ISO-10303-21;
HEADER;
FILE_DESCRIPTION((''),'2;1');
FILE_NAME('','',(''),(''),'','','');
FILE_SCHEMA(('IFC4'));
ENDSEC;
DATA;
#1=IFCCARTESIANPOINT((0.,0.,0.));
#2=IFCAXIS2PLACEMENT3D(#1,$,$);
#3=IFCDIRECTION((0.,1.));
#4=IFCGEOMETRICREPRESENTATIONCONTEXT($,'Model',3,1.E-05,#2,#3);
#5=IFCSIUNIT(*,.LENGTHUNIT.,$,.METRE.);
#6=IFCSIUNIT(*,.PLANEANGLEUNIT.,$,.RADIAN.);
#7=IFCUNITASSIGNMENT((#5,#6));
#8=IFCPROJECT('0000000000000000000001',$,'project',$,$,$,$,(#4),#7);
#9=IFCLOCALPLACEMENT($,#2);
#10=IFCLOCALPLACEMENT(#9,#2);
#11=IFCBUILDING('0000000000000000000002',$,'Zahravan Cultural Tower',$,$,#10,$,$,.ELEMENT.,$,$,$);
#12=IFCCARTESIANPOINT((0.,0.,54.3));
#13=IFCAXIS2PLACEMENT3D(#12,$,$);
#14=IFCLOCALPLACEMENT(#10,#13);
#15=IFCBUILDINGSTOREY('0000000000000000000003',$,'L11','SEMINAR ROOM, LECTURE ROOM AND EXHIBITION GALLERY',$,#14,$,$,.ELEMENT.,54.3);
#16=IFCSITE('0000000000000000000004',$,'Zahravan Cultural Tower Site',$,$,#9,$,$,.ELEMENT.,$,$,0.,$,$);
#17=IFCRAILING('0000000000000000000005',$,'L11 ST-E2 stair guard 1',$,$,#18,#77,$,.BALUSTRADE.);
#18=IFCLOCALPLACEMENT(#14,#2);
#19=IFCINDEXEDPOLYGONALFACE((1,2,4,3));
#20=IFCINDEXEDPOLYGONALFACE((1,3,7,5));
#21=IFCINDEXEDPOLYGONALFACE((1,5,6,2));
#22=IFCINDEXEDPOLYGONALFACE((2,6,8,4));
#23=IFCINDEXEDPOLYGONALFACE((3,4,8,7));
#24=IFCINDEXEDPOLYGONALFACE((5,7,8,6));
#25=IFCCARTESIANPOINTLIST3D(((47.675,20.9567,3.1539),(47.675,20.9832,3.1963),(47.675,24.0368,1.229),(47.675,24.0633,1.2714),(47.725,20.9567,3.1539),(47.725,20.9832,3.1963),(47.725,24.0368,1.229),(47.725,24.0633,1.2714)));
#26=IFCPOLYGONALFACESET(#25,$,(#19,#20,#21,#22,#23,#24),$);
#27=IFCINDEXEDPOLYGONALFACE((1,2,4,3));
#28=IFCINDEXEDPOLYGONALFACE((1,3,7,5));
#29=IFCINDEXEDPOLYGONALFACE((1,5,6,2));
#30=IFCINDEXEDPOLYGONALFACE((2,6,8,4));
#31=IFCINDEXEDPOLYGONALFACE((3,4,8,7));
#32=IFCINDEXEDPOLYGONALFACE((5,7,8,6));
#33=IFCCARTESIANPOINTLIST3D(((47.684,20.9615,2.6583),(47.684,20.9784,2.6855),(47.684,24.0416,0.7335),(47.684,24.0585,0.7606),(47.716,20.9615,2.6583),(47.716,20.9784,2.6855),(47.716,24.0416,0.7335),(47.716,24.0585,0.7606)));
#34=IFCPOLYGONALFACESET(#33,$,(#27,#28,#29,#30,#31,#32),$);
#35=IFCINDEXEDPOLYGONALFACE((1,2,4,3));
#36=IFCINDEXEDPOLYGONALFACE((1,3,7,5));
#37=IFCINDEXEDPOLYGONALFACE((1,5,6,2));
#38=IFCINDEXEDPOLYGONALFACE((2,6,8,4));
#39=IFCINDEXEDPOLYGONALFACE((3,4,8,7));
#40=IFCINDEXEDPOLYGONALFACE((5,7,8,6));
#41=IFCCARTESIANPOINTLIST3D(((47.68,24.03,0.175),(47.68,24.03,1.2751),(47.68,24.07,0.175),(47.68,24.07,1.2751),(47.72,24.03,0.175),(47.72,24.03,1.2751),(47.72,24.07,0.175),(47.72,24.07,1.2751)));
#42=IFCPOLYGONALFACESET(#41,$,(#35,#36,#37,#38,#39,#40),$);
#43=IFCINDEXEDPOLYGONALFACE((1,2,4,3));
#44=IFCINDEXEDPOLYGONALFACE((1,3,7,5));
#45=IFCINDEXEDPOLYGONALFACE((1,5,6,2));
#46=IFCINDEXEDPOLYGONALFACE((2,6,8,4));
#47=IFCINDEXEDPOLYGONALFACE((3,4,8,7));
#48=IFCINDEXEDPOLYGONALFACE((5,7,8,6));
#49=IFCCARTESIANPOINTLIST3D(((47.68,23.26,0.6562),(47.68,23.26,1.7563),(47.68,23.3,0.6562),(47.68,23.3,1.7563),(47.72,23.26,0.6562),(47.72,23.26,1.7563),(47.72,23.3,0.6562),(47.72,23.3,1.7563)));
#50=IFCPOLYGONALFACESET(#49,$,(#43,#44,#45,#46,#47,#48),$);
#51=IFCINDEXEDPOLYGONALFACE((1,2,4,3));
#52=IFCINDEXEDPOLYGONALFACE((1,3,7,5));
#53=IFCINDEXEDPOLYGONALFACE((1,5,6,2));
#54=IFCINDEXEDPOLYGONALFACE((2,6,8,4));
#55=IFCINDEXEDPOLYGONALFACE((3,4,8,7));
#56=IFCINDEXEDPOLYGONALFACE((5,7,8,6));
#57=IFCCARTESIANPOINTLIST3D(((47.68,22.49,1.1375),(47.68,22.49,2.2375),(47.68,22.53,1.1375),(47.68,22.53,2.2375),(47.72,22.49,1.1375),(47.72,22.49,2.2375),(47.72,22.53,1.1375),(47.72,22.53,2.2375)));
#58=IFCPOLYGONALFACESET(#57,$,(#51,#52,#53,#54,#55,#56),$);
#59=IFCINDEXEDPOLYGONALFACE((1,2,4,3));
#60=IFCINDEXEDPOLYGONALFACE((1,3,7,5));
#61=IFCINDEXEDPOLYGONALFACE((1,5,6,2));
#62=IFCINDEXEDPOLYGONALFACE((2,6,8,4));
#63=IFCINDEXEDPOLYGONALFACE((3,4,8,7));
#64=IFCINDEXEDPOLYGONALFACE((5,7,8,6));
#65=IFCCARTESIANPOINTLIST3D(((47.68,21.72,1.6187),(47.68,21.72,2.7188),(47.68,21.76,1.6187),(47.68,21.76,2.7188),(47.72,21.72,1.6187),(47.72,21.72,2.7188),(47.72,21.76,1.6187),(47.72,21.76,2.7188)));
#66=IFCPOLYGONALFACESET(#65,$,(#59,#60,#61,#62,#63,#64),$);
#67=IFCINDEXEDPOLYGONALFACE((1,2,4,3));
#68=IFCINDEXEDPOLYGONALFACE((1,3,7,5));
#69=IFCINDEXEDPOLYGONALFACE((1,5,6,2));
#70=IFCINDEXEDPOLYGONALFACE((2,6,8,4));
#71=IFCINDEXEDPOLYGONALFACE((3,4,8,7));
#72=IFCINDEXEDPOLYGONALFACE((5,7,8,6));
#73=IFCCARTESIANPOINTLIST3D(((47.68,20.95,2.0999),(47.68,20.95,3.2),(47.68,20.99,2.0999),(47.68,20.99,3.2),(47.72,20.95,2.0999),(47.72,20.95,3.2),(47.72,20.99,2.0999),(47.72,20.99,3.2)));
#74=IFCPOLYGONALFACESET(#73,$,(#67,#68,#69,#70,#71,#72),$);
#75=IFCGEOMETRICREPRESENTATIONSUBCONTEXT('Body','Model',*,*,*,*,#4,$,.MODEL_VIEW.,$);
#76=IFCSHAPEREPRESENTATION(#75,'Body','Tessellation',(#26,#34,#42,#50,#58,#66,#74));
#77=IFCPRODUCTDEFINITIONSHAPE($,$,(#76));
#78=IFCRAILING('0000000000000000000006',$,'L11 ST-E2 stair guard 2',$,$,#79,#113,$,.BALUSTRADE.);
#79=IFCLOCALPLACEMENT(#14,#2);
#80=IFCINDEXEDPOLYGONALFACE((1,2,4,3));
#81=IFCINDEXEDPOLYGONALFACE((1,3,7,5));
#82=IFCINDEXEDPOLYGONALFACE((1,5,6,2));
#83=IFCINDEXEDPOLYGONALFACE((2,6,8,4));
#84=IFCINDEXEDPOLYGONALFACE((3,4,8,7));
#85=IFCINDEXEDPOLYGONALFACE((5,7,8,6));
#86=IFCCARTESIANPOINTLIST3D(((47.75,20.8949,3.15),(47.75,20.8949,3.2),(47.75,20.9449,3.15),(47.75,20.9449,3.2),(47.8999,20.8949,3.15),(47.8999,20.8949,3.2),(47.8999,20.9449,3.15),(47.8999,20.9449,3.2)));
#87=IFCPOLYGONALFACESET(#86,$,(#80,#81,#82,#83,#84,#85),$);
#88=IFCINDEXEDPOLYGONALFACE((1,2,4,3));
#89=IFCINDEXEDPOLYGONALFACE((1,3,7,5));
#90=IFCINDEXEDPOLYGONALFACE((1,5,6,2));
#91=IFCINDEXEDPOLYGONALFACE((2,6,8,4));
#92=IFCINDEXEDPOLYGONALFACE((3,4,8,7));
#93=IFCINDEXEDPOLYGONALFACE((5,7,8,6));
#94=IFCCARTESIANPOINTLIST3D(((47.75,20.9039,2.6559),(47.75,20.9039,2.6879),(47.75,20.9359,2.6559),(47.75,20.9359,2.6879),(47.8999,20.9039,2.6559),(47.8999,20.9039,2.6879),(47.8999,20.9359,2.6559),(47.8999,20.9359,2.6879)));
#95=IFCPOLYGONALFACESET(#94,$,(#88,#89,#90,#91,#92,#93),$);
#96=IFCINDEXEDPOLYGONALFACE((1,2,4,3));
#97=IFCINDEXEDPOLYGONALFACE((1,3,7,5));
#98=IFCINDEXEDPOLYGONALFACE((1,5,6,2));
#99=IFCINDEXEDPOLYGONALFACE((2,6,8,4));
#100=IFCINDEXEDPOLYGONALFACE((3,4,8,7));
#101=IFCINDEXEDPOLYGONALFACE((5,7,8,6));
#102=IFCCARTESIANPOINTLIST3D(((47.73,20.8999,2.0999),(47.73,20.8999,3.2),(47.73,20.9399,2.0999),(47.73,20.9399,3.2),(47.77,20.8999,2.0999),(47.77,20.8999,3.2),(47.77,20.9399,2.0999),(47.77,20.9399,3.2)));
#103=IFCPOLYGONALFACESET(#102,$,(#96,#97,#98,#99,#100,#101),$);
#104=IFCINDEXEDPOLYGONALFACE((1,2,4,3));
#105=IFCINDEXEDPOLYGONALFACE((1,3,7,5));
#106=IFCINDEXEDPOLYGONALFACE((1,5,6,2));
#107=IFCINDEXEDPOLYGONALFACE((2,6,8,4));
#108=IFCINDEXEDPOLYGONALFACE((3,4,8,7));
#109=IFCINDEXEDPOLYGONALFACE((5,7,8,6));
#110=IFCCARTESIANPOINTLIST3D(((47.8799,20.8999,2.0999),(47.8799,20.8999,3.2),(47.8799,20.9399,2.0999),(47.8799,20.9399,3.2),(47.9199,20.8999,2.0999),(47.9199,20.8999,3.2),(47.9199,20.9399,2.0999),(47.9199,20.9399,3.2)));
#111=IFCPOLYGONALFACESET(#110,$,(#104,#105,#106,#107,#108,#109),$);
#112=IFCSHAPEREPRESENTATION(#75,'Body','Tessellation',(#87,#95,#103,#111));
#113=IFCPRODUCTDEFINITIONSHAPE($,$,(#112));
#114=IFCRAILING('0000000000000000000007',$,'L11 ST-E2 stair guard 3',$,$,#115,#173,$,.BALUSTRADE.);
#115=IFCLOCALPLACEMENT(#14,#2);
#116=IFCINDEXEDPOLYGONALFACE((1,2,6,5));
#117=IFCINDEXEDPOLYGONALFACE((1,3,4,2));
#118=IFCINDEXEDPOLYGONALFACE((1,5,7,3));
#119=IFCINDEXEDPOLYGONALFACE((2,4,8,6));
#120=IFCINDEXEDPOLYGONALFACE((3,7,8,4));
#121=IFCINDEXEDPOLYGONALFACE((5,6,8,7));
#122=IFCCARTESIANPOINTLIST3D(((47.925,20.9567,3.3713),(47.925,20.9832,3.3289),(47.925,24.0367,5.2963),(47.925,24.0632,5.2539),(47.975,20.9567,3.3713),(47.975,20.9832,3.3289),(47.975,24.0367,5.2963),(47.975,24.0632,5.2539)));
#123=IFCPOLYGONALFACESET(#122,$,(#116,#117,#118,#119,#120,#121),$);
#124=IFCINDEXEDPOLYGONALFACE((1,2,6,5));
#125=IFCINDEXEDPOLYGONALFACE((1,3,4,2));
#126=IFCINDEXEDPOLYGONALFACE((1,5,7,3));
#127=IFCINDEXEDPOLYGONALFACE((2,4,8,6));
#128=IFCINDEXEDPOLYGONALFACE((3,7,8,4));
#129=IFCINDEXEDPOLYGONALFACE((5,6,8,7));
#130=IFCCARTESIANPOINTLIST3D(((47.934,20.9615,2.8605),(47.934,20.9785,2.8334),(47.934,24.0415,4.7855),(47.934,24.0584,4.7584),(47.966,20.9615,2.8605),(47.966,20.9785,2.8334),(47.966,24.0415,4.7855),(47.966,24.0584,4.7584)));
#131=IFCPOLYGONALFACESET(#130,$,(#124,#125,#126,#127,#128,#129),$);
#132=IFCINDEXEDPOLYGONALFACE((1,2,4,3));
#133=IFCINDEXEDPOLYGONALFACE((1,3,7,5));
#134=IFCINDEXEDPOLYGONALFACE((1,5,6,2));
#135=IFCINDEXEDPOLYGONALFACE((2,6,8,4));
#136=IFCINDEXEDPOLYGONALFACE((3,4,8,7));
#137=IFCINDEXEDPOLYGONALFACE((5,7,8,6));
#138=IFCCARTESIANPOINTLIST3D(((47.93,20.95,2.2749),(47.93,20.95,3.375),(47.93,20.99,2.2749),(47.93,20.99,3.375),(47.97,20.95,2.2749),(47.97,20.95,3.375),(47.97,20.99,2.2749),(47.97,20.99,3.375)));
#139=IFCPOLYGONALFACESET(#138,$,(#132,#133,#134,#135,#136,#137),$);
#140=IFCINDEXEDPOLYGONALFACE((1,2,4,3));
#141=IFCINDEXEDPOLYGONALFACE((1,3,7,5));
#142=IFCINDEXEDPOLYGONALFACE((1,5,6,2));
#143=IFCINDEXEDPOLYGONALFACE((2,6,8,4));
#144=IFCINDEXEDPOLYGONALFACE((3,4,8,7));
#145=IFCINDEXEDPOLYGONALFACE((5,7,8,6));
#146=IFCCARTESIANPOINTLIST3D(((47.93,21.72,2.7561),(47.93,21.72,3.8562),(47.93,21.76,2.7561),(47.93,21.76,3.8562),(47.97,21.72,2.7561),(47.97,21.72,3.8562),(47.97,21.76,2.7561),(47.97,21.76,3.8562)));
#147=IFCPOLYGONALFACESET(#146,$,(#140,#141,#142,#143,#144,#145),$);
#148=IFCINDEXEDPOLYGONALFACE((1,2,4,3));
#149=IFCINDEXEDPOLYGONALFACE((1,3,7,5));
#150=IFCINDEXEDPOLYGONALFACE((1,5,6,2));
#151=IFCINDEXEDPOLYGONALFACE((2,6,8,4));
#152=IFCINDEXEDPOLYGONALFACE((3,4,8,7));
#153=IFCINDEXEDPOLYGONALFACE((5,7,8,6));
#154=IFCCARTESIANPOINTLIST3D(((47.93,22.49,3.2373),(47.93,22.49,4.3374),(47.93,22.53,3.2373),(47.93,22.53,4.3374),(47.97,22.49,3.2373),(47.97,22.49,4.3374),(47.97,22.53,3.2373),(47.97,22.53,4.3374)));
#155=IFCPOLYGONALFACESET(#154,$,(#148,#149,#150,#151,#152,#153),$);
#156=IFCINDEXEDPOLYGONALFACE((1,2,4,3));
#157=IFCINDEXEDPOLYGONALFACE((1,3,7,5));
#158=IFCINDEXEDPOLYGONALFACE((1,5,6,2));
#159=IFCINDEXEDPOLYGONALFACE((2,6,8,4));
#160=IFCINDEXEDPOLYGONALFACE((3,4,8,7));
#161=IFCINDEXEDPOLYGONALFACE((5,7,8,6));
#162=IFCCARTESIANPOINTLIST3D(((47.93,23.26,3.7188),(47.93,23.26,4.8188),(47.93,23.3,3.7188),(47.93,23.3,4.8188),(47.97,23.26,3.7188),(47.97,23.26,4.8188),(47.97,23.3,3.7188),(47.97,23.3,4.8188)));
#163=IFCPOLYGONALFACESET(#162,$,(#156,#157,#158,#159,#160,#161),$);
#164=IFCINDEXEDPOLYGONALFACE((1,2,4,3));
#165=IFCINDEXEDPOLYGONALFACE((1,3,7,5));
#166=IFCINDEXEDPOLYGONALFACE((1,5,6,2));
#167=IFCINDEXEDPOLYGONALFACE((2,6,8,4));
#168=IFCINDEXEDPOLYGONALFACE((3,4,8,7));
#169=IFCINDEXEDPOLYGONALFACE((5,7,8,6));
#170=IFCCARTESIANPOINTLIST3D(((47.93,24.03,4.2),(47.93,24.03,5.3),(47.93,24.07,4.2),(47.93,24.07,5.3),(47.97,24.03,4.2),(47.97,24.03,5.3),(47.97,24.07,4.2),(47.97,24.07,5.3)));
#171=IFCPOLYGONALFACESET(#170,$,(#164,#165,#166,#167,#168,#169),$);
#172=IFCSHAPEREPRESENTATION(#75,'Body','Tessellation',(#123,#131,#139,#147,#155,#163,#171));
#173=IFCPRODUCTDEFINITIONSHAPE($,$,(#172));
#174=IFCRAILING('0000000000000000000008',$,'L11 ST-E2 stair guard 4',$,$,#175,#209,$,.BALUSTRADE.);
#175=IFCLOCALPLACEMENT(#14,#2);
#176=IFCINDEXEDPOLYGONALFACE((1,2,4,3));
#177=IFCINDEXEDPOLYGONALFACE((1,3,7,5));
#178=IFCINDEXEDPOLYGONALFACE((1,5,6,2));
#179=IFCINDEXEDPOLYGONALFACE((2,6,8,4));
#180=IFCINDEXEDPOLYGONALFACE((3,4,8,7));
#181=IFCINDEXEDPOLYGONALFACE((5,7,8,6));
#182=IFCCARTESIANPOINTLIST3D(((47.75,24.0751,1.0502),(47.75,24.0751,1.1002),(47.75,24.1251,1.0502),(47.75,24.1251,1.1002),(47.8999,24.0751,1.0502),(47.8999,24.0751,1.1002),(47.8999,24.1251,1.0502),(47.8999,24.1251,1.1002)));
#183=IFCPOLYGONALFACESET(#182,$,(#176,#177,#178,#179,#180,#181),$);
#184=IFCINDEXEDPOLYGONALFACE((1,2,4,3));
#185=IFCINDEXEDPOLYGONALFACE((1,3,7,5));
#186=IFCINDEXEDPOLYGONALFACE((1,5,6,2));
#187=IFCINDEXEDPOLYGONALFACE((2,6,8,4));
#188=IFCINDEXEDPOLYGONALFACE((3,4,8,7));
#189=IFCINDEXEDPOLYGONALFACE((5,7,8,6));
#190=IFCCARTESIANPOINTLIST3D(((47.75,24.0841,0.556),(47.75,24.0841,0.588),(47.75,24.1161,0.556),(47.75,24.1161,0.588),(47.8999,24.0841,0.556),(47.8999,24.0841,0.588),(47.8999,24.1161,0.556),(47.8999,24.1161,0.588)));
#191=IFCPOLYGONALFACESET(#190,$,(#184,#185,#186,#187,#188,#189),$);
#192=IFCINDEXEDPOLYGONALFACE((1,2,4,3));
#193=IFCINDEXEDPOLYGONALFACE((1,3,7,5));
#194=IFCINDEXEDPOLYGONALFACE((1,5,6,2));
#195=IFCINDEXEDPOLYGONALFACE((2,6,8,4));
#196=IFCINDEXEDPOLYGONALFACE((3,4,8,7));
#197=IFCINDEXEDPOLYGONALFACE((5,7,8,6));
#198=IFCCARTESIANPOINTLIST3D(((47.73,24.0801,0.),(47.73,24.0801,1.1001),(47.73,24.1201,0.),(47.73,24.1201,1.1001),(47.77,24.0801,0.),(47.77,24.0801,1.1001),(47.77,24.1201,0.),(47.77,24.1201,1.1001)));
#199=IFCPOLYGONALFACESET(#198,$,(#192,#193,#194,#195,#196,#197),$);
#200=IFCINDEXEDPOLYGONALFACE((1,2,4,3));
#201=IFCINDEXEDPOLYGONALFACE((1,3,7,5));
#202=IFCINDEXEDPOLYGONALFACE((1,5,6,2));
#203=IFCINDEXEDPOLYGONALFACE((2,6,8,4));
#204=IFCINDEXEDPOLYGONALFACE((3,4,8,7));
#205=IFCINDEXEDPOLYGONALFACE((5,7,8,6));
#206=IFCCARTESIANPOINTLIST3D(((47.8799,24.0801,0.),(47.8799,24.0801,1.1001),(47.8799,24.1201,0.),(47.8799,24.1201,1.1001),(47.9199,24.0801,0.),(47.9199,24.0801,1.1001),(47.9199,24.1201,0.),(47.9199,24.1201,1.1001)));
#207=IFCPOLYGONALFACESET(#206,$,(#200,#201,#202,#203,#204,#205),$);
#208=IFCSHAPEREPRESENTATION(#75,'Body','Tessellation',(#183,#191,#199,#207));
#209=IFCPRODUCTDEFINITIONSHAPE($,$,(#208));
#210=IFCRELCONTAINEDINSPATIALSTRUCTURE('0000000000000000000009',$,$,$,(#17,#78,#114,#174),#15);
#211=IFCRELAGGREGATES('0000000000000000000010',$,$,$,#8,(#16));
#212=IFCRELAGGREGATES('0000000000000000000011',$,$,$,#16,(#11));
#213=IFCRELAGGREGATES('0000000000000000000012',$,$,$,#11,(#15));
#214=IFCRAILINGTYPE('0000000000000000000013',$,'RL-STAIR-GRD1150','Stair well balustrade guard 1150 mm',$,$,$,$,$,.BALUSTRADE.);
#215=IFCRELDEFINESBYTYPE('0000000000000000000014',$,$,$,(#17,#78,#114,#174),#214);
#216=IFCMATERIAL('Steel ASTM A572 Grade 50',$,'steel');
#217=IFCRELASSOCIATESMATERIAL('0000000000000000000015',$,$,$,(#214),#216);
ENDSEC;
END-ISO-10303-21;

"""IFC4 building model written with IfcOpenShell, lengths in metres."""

from ifc_helpers import new_model, si_unit, direction, frame, origin, origin_2d, place, context, subcontext, project, spatial, rectangle, extrude, material, type_object, element, save


model = new_model("IFC4")

# Units and contexts
model_context = context("Model", 3, precision=1e-05, world=origin(), true_north=direction((0.0, 1.0)))
body_context = subcontext(model_context, "Body", "Model", "MODEL_VIEW")
ifc_project = project(units=[si_unit("LENGTHUNIT", "METRE"), si_unit("PLANEANGLEUNIT", "RADIAN")], contexts=[model_context])

# Site, building, storey
site_placement = place(None, origin())
site = spatial("IfcSite", under=ifc_project, at=site_placement, Name="Zahravan Cultural Tower Site", CompositionType="ELEMENT", RefElevation=0.0)
building_placement = place(site_placement, origin())
building = spatial("IfcBuilding", under=site, at=building_placement, Name="Zahravan Cultural Tower", CompositionType="ELEMENT")
storey_placement = place(building_placement, frame((0.0, 0.0, 54.3)))
storey = spatial("IfcBuildingStorey", under=building, at=storey_placement, Name="L11", Description="SEMINAR ROOM, LECTURE ROOM AND EXHIBITION GALLERY", CompositionType="ELEMENT", Elevation=54.3)

# Shared definitions
ifc_material_1 = material(Name="Steel ASTM A572 Grade 50", Category="steel")

# Railings
railing_type_1 = type_object("IfcRailingType", Name="RL-STAIR-GRD1150", Description="Stair well balustrade guard 1150 mm", PredefinedType="BALUSTRADE", material=ifc_material_1)
railing_1_placement = place(storey_placement, frame((47.7, 24.05, 0.175)))
element("IfcRailing", 1, at=railing_1_placement, inside=storey, type_object=railing_type_1, Name="L11 ST-E2 stair guard 1", PredefinedType="BALUSTRADE", context=body_context, shape_type="SweptSolid", body=[
    extrude(rectangle(XDim=0.05, YDim=0.05, at=origin_2d()), frame((0.0, 0.0, 1.0752), z_axis=(0.0, -0.848029, 0.529951), x_axis=(1.0, 0.0, 0.0)), (0.0, 0.0, 1.0), 3.6321),
    extrude(rectangle(XDim=0.032, YDim=0.032, at=origin_2d()), frame((0.0, 0.0, 0.572), z_axis=(0.0, -0.848029, 0.529951), x_axis=(1.0, 0.0, 0.0)), (0.0, 0.0, 1.0), 3.6321),
    extrude(rectangle(XDim=0.04, YDim=0.04, at=origin_2d()), origin(), (0.0, 0.0, 1.0), 1.1001),
    extrude(rectangle(XDim=0.04, YDim=0.04, at=origin_2d()), frame((0.0, -0.77, 0.4812)), (0.0, 0.0, 1.0), 1.1001),
    extrude(rectangle(XDim=0.04, YDim=0.04, at=origin_2d()), frame((0.0, -1.54, 0.9624)), (0.0, 0.0, 1.0), 1.1001),
    extrude(rectangle(XDim=0.04, YDim=0.04, at=origin_2d()), frame((0.0, -2.3101, 1.4436)), (0.0, 0.0, 1.0), 1.1001),
    extrude(rectangle(XDim=0.04, YDim=0.04, at=origin_2d()), frame((0.0, -3.0801, 1.9248)), (0.0, 0.0, 1.0), 1.1001),
])
railing_2_placement = place(storey_placement, frame((47.75, 20.9199, 2.0999)))
element("IfcRailing", 2, at=railing_2_placement, inside=storey, type_object=railing_type_1, Name="L11 ST-E2 stair guard 2", PredefinedType="BALUSTRADE", context=body_context, shape_type="SweptSolid", body=[
    extrude(rectangle(XDim=0.05, YDim=0.05, at=origin_2d()), frame((0.0, 0.0, 1.0752), z_axis=(1.0, 0.0, 0.0), x_axis=(0.0, 1.0, 0.0)), (0.0, 0.0, 1.0), 0.1499),
    extrude(rectangle(XDim=0.032, YDim=0.032, at=origin_2d()), frame((0.0, 0.0, 0.572), z_axis=(1.0, 0.0, 0.0), x_axis=(0.0, 1.0, 0.0)), (0.0, 0.0, 1.0), 0.1499),
    extrude(rectangle(XDim=0.04, YDim=0.04, at=origin_2d()), origin(), (0.0, 0.0, 1.0), 1.1001),
    extrude(rectangle(XDim=0.04, YDim=0.04, at=origin_2d()), frame((0.1499, 0.0, 0.0)), (0.0, 0.0, 1.0), 1.1001),
])
railing_3_placement = place(storey_placement, frame((47.95, 20.97, 2.2749)))
element("IfcRailing", 3, at=railing_3_placement, inside=storey, type_object=railing_type_1, Name="L11 ST-E2 stair guard 3", PredefinedType="BALUSTRADE", context=body_context, shape_type="SweptSolid", body=[
    extrude(rectangle(XDim=0.05, YDim=0.05, at=origin_2d()), frame((0.0, 0.0, 1.0752), z_axis=(0.0, 0.847998, 0.529999), x_axis=(-1.0, 0.0, 0.0)), (0.0, 0.0, 1.0), 3.6321),
    extrude(rectangle(XDim=0.032, YDim=0.032, at=origin_2d()), frame((0.0, 0.0, 0.572), z_axis=(0.0, 0.847998, 0.529999), x_axis=(-1.0, 0.0, 0.0)), (0.0, 0.0, 1.0), 3.6321),
    extrude(rectangle(XDim=0.04, YDim=0.04, at=origin_2d()), origin(), (0.0, 0.0, 1.0), 1.1001),
    extrude(rectangle(XDim=0.04, YDim=0.04, at=origin_2d()), frame((0.0, 0.77, 0.4812)), (0.0, 0.0, 1.0), 1.1001),
    extrude(rectangle(XDim=0.04, YDim=0.04, at=origin_2d()), frame((0.0, 1.54, 0.9624)), (0.0, 0.0, 1.0), 1.1001),
    extrude(rectangle(XDim=0.04, YDim=0.04, at=origin_2d()), frame((0.0, 2.3101, 1.4438)), (0.0, 0.0, 1.0), 1.1001),
    extrude(rectangle(XDim=0.04, YDim=0.04, at=origin_2d()), frame((0.0, 3.0801, 1.925)), (0.0, 0.0, 1.0), 1.1001),
])
railing_4_placement = place(storey_placement, frame((47.75, 24.1001, 0.0)))
element("IfcRailing", 4, at=railing_4_placement, inside=storey, type_object=railing_type_1, Name="L11 ST-E2 stair guard 4", PredefinedType="BALUSTRADE", context=body_context, shape_type="SweptSolid", body=[
    extrude(rectangle(XDim=0.05, YDim=0.05, at=origin_2d()), frame((0.0, 0.0, 1.0752), z_axis=(1.0, 0.0, 0.0), x_axis=(0.0, 1.0, 0.0)), (0.0, 0.0, 1.0), 0.1499),
    extrude(rectangle(XDim=0.032, YDim=0.032, at=origin_2d()), frame((0.0, 0.0, 0.572), z_axis=(1.0, 0.0, 0.0), x_axis=(0.0, 1.0, 0.0)), (0.0, 0.0, 1.0), 0.1499),
    extrude(rectangle(XDim=0.04, YDim=0.04, at=origin_2d()), origin(), (0.0, 0.0, 1.0), 1.1001),
    extrude(rectangle(XDim=0.04, YDim=0.04, at=origin_2d()), frame((0.1499, 0.0, 0.0)), (0.0, 0.0, 1.0), 1.1001),
])

save(model, "model.ifc")
